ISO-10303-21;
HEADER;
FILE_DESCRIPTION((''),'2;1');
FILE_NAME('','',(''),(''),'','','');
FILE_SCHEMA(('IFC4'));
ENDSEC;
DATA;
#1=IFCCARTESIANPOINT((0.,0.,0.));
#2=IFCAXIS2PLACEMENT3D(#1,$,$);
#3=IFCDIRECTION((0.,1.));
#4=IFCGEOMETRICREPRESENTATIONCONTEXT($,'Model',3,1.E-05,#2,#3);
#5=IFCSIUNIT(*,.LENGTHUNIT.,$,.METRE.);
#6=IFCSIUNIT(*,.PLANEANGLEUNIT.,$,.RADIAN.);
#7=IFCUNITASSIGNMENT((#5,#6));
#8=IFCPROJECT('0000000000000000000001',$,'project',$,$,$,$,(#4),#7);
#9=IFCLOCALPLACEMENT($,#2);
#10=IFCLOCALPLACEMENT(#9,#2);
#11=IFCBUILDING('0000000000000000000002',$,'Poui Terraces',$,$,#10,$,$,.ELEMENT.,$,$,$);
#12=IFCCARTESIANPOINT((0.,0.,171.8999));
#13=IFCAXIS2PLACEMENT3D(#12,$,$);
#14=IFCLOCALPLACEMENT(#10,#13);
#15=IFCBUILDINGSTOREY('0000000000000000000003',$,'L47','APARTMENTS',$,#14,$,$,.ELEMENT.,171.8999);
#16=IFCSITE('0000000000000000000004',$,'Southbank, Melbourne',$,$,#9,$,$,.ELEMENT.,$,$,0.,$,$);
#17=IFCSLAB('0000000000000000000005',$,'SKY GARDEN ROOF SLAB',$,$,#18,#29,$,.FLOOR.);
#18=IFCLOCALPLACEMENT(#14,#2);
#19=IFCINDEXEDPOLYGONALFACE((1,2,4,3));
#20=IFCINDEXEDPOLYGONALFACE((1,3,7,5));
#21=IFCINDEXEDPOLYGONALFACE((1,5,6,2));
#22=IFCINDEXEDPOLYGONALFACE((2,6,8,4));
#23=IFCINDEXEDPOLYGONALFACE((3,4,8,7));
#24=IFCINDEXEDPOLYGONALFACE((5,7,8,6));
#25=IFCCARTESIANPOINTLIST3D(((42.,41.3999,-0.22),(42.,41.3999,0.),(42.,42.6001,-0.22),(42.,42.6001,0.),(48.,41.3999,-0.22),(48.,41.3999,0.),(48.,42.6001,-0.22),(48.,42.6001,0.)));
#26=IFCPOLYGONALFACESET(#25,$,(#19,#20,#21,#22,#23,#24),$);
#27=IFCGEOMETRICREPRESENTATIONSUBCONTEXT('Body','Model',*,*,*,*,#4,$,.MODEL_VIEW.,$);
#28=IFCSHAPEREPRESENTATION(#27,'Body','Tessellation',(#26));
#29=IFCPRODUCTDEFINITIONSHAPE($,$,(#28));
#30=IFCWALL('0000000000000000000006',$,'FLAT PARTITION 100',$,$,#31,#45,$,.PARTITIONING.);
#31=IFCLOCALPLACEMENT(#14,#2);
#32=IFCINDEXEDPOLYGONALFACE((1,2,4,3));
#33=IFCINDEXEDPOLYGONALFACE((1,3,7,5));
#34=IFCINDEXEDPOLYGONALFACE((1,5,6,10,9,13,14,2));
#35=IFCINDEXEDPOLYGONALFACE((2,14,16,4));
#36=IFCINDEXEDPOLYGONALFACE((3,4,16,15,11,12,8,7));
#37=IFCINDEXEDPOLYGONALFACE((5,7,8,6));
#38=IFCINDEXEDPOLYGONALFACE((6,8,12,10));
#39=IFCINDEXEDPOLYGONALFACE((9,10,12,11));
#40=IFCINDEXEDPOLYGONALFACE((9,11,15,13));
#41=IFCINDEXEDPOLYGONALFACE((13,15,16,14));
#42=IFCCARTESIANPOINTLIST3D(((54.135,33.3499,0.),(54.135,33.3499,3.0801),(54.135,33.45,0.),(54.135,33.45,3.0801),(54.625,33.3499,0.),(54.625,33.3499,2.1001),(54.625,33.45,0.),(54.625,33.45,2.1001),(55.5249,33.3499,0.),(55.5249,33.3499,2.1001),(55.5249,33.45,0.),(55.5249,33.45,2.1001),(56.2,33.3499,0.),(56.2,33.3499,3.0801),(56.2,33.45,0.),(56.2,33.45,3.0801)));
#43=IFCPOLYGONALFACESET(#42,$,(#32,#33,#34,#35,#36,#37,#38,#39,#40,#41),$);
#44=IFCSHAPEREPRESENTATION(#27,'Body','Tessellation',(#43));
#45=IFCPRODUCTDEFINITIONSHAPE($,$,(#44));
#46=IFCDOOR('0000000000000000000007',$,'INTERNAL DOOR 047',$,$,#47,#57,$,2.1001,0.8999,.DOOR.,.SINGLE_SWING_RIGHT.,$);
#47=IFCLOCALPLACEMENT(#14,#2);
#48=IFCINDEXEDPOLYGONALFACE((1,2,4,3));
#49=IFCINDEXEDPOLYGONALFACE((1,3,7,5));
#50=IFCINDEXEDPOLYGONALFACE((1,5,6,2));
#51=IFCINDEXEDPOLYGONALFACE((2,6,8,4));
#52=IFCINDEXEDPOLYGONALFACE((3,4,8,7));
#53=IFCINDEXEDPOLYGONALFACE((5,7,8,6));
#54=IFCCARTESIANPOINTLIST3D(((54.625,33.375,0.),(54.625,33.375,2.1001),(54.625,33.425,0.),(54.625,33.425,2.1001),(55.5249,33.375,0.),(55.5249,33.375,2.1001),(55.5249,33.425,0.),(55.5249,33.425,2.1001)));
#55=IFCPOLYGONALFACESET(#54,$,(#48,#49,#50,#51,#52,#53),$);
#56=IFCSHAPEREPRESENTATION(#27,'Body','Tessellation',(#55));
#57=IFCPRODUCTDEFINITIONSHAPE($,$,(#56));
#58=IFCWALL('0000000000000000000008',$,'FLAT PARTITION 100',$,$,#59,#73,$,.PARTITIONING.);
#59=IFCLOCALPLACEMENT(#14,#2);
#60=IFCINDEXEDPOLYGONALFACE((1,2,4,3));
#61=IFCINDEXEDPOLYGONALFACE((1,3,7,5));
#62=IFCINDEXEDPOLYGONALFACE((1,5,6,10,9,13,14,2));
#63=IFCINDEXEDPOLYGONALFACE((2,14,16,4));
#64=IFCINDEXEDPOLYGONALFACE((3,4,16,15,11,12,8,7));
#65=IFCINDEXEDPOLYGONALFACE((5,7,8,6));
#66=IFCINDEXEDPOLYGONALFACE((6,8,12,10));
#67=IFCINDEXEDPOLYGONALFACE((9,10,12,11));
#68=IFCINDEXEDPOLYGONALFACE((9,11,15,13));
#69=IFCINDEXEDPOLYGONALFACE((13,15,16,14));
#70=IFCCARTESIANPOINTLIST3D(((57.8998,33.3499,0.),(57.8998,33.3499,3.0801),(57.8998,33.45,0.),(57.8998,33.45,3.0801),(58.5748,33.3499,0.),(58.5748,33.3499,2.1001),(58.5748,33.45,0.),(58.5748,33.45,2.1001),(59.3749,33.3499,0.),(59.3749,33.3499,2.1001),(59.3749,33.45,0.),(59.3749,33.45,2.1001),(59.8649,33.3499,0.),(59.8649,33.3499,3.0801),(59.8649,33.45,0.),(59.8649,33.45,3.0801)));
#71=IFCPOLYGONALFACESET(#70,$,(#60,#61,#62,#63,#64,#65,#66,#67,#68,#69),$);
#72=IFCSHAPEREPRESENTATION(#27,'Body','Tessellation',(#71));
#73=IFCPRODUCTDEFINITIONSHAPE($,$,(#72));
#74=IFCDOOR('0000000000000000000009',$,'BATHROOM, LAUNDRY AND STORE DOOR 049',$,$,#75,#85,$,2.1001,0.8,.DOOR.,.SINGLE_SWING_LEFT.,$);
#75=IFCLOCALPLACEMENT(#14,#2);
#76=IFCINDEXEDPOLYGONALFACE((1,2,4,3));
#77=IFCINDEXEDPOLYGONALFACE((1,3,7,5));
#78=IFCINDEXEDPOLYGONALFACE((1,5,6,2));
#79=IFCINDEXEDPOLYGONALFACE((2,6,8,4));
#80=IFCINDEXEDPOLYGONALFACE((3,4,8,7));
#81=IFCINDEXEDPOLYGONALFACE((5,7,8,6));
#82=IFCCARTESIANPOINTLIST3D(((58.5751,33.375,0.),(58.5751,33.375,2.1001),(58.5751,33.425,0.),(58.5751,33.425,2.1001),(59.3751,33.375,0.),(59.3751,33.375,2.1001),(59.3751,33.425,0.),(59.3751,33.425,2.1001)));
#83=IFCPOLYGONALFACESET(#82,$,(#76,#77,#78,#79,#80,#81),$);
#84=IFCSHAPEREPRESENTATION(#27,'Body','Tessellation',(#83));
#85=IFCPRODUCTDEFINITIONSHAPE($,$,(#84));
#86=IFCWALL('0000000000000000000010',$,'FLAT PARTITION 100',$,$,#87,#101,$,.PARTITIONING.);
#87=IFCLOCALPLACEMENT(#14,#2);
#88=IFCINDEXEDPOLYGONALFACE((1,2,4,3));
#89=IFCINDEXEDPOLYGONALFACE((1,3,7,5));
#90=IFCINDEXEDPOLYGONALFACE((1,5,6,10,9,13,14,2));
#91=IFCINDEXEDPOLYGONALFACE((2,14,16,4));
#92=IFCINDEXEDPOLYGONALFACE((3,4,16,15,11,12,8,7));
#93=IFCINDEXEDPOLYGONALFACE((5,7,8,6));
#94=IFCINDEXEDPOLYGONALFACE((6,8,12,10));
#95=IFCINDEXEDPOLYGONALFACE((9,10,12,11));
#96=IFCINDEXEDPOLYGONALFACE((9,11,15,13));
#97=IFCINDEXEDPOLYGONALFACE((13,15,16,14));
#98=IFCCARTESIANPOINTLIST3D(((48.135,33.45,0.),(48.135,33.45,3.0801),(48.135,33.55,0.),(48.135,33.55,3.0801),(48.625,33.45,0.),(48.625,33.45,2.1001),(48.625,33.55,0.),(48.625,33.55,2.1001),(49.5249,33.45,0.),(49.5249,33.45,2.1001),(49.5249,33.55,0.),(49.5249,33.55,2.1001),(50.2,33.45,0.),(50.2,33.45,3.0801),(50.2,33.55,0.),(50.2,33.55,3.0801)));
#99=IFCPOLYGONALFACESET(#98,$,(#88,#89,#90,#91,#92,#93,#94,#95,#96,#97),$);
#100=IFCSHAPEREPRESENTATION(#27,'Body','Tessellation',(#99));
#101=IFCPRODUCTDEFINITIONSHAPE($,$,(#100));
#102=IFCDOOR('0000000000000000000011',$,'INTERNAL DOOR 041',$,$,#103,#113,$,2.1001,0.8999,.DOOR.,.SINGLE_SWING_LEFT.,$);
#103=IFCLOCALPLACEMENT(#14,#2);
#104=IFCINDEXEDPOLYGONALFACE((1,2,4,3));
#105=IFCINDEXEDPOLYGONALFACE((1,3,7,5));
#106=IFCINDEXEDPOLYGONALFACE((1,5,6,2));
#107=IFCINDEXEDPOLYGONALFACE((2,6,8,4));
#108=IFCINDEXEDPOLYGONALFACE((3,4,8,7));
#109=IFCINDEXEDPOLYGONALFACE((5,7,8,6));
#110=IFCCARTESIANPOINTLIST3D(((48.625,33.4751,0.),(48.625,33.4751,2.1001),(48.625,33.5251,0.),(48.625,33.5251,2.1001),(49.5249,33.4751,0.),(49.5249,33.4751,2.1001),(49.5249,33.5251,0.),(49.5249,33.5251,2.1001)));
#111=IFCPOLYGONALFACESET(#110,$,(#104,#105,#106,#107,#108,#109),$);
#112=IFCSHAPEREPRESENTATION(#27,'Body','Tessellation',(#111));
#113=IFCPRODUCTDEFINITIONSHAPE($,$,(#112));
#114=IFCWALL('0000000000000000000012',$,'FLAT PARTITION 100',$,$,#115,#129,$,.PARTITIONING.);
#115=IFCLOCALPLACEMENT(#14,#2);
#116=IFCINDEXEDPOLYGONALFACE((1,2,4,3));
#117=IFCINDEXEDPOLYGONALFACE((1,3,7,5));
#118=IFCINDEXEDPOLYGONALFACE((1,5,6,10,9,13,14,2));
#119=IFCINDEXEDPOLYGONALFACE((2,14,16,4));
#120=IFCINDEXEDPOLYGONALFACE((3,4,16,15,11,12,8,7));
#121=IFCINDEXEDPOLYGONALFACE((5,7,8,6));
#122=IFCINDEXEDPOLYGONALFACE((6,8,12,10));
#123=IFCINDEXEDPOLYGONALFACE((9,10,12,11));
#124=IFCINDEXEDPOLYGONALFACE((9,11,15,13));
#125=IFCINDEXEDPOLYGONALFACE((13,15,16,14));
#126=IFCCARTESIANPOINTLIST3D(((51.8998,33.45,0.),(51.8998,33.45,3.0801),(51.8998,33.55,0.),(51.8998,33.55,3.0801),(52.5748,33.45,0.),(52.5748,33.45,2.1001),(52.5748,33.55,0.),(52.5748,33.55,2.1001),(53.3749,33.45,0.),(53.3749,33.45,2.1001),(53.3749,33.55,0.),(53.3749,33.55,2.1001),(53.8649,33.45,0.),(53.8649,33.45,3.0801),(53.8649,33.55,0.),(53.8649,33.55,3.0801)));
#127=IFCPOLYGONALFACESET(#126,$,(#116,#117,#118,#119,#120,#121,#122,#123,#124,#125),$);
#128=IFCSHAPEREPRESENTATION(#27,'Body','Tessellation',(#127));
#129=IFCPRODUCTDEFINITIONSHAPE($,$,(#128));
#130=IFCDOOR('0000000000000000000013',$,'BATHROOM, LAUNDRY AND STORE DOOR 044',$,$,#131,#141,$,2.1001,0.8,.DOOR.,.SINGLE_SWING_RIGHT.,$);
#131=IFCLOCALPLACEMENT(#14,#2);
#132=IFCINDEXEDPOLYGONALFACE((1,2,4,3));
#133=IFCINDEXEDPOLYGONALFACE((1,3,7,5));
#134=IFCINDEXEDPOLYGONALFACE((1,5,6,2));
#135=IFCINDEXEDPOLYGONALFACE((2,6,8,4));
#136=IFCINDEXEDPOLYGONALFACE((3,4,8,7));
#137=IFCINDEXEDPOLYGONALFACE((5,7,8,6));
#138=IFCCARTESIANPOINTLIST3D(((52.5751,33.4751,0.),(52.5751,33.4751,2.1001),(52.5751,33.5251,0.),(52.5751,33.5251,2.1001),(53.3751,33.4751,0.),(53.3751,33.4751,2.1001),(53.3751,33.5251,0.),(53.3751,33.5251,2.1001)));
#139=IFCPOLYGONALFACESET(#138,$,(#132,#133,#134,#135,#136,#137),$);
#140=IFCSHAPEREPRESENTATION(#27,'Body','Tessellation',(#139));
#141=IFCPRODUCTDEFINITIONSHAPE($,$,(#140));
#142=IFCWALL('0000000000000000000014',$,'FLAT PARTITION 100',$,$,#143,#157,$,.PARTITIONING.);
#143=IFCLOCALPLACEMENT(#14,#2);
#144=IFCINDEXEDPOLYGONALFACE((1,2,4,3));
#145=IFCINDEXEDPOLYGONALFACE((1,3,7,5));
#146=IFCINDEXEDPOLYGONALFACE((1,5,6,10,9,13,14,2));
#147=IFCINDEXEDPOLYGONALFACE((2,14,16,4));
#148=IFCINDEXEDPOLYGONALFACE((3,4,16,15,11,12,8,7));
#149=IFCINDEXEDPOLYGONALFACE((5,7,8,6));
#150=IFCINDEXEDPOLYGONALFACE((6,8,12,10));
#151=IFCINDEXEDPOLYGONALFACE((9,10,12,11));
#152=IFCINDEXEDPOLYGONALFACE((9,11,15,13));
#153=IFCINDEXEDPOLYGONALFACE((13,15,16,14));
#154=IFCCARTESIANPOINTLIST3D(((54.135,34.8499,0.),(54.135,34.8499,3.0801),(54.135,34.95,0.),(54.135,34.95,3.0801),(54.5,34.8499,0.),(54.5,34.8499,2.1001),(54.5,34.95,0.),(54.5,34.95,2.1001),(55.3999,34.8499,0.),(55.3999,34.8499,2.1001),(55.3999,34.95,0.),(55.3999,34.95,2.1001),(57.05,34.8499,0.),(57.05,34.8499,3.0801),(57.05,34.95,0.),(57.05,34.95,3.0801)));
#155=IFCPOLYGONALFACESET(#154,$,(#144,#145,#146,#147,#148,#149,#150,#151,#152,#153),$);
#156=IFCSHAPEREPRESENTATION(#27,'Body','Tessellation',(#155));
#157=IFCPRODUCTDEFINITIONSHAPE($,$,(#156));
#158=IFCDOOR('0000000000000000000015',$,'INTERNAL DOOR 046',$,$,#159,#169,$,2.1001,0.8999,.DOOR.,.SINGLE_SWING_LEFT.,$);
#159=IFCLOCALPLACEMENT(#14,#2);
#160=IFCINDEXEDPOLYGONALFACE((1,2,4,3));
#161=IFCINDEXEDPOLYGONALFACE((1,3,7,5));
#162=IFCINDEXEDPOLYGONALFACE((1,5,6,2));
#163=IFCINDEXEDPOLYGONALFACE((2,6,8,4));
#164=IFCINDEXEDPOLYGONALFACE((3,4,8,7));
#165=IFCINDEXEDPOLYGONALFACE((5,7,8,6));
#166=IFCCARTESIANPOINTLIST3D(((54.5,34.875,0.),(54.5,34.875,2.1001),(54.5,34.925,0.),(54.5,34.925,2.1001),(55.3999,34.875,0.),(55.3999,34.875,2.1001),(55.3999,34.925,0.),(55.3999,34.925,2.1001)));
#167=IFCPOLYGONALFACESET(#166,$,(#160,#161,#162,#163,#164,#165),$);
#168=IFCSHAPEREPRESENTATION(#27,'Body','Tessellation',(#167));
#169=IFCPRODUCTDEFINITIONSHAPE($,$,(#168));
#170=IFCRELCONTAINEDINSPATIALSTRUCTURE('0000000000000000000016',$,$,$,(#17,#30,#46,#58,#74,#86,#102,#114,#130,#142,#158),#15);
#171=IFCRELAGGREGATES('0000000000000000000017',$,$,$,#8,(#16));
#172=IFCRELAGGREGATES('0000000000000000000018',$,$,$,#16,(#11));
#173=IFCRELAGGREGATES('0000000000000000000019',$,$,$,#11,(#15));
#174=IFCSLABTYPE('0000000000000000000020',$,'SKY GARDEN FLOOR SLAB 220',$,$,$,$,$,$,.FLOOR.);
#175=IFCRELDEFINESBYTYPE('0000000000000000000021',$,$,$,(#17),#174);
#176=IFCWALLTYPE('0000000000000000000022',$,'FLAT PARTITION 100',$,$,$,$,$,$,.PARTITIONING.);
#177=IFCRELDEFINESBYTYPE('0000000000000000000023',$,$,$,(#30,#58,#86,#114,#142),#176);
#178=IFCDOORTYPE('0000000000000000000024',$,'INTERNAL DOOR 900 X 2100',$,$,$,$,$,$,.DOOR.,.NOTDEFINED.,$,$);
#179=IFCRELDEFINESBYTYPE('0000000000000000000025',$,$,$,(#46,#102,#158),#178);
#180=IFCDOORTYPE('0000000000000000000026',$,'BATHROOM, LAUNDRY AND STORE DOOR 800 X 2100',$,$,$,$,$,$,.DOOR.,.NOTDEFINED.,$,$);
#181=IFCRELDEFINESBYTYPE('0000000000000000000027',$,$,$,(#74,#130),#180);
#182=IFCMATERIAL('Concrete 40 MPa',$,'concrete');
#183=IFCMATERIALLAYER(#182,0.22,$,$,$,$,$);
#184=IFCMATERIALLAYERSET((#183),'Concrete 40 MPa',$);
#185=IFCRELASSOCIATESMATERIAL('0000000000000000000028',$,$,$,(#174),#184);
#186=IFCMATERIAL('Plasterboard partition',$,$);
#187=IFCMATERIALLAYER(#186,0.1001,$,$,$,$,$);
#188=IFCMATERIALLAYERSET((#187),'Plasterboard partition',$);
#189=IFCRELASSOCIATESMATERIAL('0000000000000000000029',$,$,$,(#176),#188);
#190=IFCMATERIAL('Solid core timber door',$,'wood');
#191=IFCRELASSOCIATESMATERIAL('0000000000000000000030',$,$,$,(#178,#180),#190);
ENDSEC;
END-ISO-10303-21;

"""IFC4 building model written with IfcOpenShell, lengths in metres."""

from ifc_helpers import new_model, si_unit, direction, frame, frame_2d, origin, place, context, subcontext, project, spatial, polyline, rectangle, outline, extrude, source, transform, mapped, material, layer, layer_set, type_object, element, fill, save


model = new_model("IFC4")

# Units and contexts
model_context = context("Model", 3, precision=1e-05, world=origin(), true_north=direction((0.0, 1.0)))
body_context = subcontext(model_context, "Body", "Model", "MODEL_VIEW")
ifc_project = project(units=[si_unit("LENGTHUNIT", "METRE"), si_unit("PLANEANGLEUNIT", "RADIAN")], contexts=[model_context])

# Site, building, storey
site_placement = place(None, origin())
site = spatial("IfcSite", under=ifc_project, at=site_placement, Name="Southbank, Melbourne", CompositionType="ELEMENT", RefElevation=0.0)
building_placement = place(site_placement, origin())
building = spatial("IfcBuilding", under=site, at=building_placement, Name="Poui Terraces", CompositionType="ELEMENT")
storey_placement = place(building_placement, frame((0.0, 0.0, 171.8999)))
storey = spatial("IfcBuildingStorey", under=building, at=storey_placement, Name="L47", Description="APARTMENTS", CompositionType="ELEMENT", Elevation=171.8999)

# Slab
ifc_material_1 = material(Name="Concrete 40 MPa", Category="concrete")
ifc_layer_1 = layer(ifc_material_1, 0.22)
ifc_layer_set_1 = layer_set([ifc_layer_1], Name="Concrete 40 MPa")
slab_type = type_object("IfcSlabType", Name="SKY GARDEN FLOOR SLAB 220", PredefinedType="FLOOR", material=ifc_layer_set_1)
shared_shape_1 = source(origin(), body_context, "Body", "SweptSolid", [
    extrude(outline(polyline([(0.0, 0.0), (0.0, 1.2002), (-6.0, 1.2002), (-6.0, 0.0), (0.0, 0.0)])), origin(), (0.0, 0.0, 1.0), 0.22),
])
slab_placement = place(storey_placement, frame((48.0, 41.3999, -0.22)))
element("IfcSlab", 1, at=slab_placement, inside=storey, type_object=slab_type, Name="SKY GARDEN ROOF SLAB", PredefinedType="FLOOR", context=body_context, shape_type="MappedRepresentation", body=[
    mapped(shared_shape_1, transform((0.0, 0.0, 0.0))),
])

# Walls, openings, doors
ifc_material_2 = material(Name="Plasterboard partition")
ifc_layer_2 = layer(ifc_material_2, 0.1001)
ifc_layer_set_2 = layer_set([ifc_layer_2], Name="Plasterboard partition")
wall_type_1 = type_object("IfcWallType", Name="FLAT PARTITION 100", PredefinedType="PARTITIONING", material=ifc_layer_set_2)
wall_1_placement = place(storey_placement, frame((54.135, 33.3999, 0.0), z_axis=(0.0, 0.0, 1.0), x_axis=(1.0, 0.0, 0.0)))
wall_1 = element("IfcWall", 2, at=wall_1_placement, inside=storey, type_object=wall_type_1, Name="FLAT PARTITION 100", PredefinedType="PARTITIONING", context=body_context, shape_type="SweptSolid", body=[
    extrude(rectangle(XDim=2.0649, YDim=0.1001, at=frame_2d((1.0325, 0.0))), origin(), (0.0, 0.0, 1.0), 3.0801),
])
opening_1_placement = place(wall_1_placement, frame((0.49, 0.0, 0.0)))
opening_1 = element("IfcOpeningElement", 3, at=opening_1_placement, cuts=wall_1, PredefinedType="OPENING", context=body_context, shape_type="SweptSolid", body=[
    extrude(rectangle(XDim=0.8999, YDim=2.1001, at=frame_2d((0.45, 1.05))), frame((0.0, 0.0601, 0.0), z_axis=(0.0, -1.0, 0.0), x_axis=(1.0, 0.0, 0.0)), (0.0, 0.0, 1.0), 0.1201),
])
ifc_material_3 = material(Name="Solid core timber door", Category="wood")
door_type_1 = type_object("IfcDoorType", Name="INTERNAL DOOR 900 X 2100", OperationType="NOTDEFINED", PredefinedType="DOOR", material=ifc_material_3)
door_1_placement = place(opening_1_placement, frame((0.8999, 0.0, 0.0), z_axis=(0.0, 0.0, 1.0), x_axis=(-1.0, 0.0, 0.0)))
door_1 = element("IfcDoor", 4, at=door_1_placement, inside=storey, type_object=door_type_1, Name="INTERNAL DOOR 047", OperationType="SINGLE_SWING_RIGHT", OverallHeight=2.1001, OverallWidth=0.8999, PredefinedType="DOOR", context=body_context, shape_type="SweptSolid", body=[
    extrude(rectangle(XDim=0.8999, YDim=2.1001, at=frame_2d((0.45, 1.05))), frame((0.0, 0.0249, 0.0), z_axis=(0.0, -1.0, 0.0), x_axis=(1.0, 0.0, 0.0)), (0.0, 0.0, 1.0), 0.05),
])
fill(opening_1, door_1)
wall_2_placement = place(storey_placement, frame((57.8999, 33.3999, 0.0), z_axis=(0.0, 0.0, 1.0), x_axis=(1.0, 0.0, 0.0)))
wall_2 = element("IfcWall", 5, at=wall_2_placement, inside=storey, type_object=wall_type_1, Name="FLAT PARTITION 100", PredefinedType="PARTITIONING", context=body_context, shape_type="SweptSolid", body=[
    extrude(rectangle(XDim=1.9651, YDim=0.1001, at=frame_2d((0.9824, 0.0))), origin(), (0.0, 0.0, 1.0), 3.0801),
])
opening_2_placement = place(wall_2_placement, frame((0.675, 0.0, 0.0)))
opening_2 = element("IfcOpeningElement", 6, at=opening_2_placement, cuts=wall_2, PredefinedType="OPENING", context=body_context, shape_type="SweptSolid", body=[
    extrude(rectangle(XDim=0.8, YDim=2.1001, at=frame_2d((0.3999, 1.05))), frame((0.0, 0.0601, 0.0), z_axis=(0.0, -1.0, 0.0), x_axis=(1.0, 0.0, 0.0)), (0.0, 0.0, 1.0), 0.1201),
])
door_type_2 = type_object("IfcDoorType", Name="BATHROOM, LAUNDRY AND STORE DOOR 800 X 2100", OperationType="NOTDEFINED", PredefinedType="DOOR", material=ifc_material_3)
door_2_placement = place(opening_2_placement, frame((0.8, 0.0, 0.0), z_axis=(0.0, 0.0, 1.0), x_axis=(-1.0, 0.0, 0.0)))
door_2 = element("IfcDoor", 7, at=door_2_placement, inside=storey, type_object=door_type_2, Name="BATHROOM, LAUNDRY AND STORE DOOR 049", OperationType="SINGLE_SWING_LEFT", OverallHeight=2.1001, OverallWidth=0.8, PredefinedType="DOOR", context=body_context, shape_type="SweptSolid", body=[
    extrude(rectangle(XDim=0.8, YDim=2.1001, at=frame_2d((0.3999, 1.05))), frame((0.0, 0.0249, 0.0), z_axis=(0.0, -1.0, 0.0), x_axis=(1.0, 0.0, 0.0)), (0.0, 0.0, 1.0), 0.05),
])
fill(opening_2, door_2)
wall_3_placement = place(storey_placement, frame((48.135, 33.5, 0.0), z_axis=(0.0, 0.0, 1.0), x_axis=(1.0, 0.0, 0.0)))
wall_3 = element("IfcWall", 8, at=wall_3_placement, inside=storey, type_object=wall_type_1, Name="FLAT PARTITION 100", PredefinedType="PARTITIONING", context=body_context, shape_type="SweptSolid", body=[
    extrude(rectangle(XDim=2.0649, YDim=0.1001, at=frame_2d((1.0325, 0.0))), origin(), (0.0, 0.0, 1.0), 3.0801),
])
opening_3_placement = place(wall_3_placement, frame((0.49, 0.0, 0.0)))
opening_3 = element("IfcOpeningElement", 9, at=opening_3_placement, cuts=wall_3, PredefinedType="OPENING", context=body_context, shape_type="SweptSolid", body=[
    extrude(rectangle(XDim=0.8999, YDim=2.1001, at=frame_2d((0.45, 1.05))), frame((0.0, 0.0601, 0.0), z_axis=(0.0, -1.0, 0.0), x_axis=(1.0, 0.0, 0.0)), (0.0, 0.0, 1.0), 0.1201),
])
door_3_placement = place(opening_3_placement, frame((0.8999, 0.0, 0.0), z_axis=(0.0, 0.0, 1.0), x_axis=(-1.0, 0.0, 0.0)))
door_3 = element("IfcDoor", 10, at=door_3_placement, inside=storey, type_object=door_type_1, Name="INTERNAL DOOR 041", OperationType="SINGLE_SWING_LEFT", OverallHeight=2.1001, OverallWidth=0.8999, PredefinedType="DOOR", context=body_context, shape_type="SweptSolid", body=[
    extrude(rectangle(XDim=0.8999, YDim=2.1001, at=frame_2d((0.45, 1.05))), frame((0.0, 0.0249, 0.0), z_axis=(0.0, -1.0, 0.0), x_axis=(1.0, 0.0, 0.0)), (0.0, 0.0, 1.0), 0.05),
])
fill(opening_3, door_3)
wall_4_placement = place(storey_placement, frame((51.8999, 33.5, 0.0), z_axis=(0.0, 0.0, 1.0), x_axis=(1.0, 0.0, 0.0)))
wall_4 = element("IfcWall", 11, at=wall_4_placement, inside=storey, type_object=wall_type_1, Name="FLAT PARTITION 100", PredefinedType="PARTITIONING", context=body_context, shape_type="SweptSolid", body=[
    extrude(rectangle(XDim=1.9651, YDim=0.1001, at=frame_2d((0.9824, 0.0))), origin(), (0.0, 0.0, 1.0), 3.0801),
])
opening_4_placement = place(wall_4_placement, frame((0.675, 0.0, 0.0)))
opening_4 = element("IfcOpeningElement", 12, at=opening_4_placement, cuts=wall_4, PredefinedType="OPENING", context=body_context, shape_type="SweptSolid", body=[
    extrude(rectangle(XDim=0.8, YDim=2.1001, at=frame_2d((0.3999, 1.05))), frame((0.0, 0.0601, 0.0), z_axis=(0.0, -1.0, 0.0), x_axis=(1.0, 0.0, 0.0)), (0.0, 0.0, 1.0), 0.1201),
])
door_4_placement = place(opening_4_placement, frame((0.8, 0.0, 0.0), z_axis=(0.0, 0.0, 1.0), x_axis=(-1.0, 0.0, 0.0)))
door_4 = element("IfcDoor", 13, at=door_4_placement, inside=storey, type_object=door_type_2, Name="BATHROOM, LAUNDRY AND STORE DOOR 044", OperationType="SINGLE_SWING_RIGHT", OverallHeight=2.1001, OverallWidth=0.8, PredefinedType="DOOR", context=body_context, shape_type="SweptSolid", body=[
    extrude(rectangle(XDim=0.8, YDim=2.1001, at=frame_2d((0.3999, 1.05))), frame((0.0, 0.0249, 0.0), z_axis=(0.0, -1.0, 0.0), x_axis=(1.0, 0.0, 0.0)), (0.0, 0.0, 1.0), 0.05),
])
fill(opening_4, door_4)
wall_5_placement = place(storey_placement, frame((54.135, 34.8999, 0.0), z_axis=(0.0, 0.0, 1.0), x_axis=(1.0, 0.0, 0.0)))
wall_5 = element("IfcWall", 14, at=wall_5_placement, inside=storey, type_object=wall_type_1, Name="FLAT PARTITION 100", PredefinedType="PARTITIONING", context=body_context, shape_type="SweptSolid", body=[
    extrude(rectangle(XDim=2.915, YDim=0.1001, at=frame_2d((1.4575, 0.0))), origin(), (0.0, 0.0, 1.0), 3.0801),
])
opening_5_placement = place(wall_5_placement, frame((0.365, 0.0, 0.0)))
opening_5 = element("IfcOpeningElement", 15, at=opening_5_placement, cuts=wall_5, PredefinedType="OPENING", context=body_context, shape_type="SweptSolid", body=[
    extrude(rectangle(XDim=0.8999, YDim=2.1001, at=frame_2d((0.45, 1.05))), frame((0.0, 0.0601, 0.0), z_axis=(0.0, -1.0, 0.0), x_axis=(1.0, 0.0, 0.0)), (0.0, 0.0, 1.0), 0.1201),
])
door_5_placement = place(opening_5_placement, frame((0.8999, 0.0, 0.0), z_axis=(0.0, 0.0, 1.0), x_axis=(-1.0, 0.0, 0.0)))
door_5 = element("IfcDoor", 16, at=door_5_placement, inside=storey, type_object=door_type_1, Name="INTERNAL DOOR 046", OperationType="SINGLE_SWING_LEFT", OverallHeight=2.1001, OverallWidth=0.8999, PredefinedType="DOOR", context=body_context, shape_type="SweptSolid", body=[
    extrude(rectangle(XDim=0.8999, YDim=2.1001, at=frame_2d((0.45, 1.05))), frame((0.0, 0.0249, 0.0), z_axis=(0.0, -1.0, 0.0), x_axis=(1.0, 0.0, 0.0)), (0.0, 0.0, 1.0), 0.05),
])
fill(opening_5, door_5)

save(model, "model.ifc")
